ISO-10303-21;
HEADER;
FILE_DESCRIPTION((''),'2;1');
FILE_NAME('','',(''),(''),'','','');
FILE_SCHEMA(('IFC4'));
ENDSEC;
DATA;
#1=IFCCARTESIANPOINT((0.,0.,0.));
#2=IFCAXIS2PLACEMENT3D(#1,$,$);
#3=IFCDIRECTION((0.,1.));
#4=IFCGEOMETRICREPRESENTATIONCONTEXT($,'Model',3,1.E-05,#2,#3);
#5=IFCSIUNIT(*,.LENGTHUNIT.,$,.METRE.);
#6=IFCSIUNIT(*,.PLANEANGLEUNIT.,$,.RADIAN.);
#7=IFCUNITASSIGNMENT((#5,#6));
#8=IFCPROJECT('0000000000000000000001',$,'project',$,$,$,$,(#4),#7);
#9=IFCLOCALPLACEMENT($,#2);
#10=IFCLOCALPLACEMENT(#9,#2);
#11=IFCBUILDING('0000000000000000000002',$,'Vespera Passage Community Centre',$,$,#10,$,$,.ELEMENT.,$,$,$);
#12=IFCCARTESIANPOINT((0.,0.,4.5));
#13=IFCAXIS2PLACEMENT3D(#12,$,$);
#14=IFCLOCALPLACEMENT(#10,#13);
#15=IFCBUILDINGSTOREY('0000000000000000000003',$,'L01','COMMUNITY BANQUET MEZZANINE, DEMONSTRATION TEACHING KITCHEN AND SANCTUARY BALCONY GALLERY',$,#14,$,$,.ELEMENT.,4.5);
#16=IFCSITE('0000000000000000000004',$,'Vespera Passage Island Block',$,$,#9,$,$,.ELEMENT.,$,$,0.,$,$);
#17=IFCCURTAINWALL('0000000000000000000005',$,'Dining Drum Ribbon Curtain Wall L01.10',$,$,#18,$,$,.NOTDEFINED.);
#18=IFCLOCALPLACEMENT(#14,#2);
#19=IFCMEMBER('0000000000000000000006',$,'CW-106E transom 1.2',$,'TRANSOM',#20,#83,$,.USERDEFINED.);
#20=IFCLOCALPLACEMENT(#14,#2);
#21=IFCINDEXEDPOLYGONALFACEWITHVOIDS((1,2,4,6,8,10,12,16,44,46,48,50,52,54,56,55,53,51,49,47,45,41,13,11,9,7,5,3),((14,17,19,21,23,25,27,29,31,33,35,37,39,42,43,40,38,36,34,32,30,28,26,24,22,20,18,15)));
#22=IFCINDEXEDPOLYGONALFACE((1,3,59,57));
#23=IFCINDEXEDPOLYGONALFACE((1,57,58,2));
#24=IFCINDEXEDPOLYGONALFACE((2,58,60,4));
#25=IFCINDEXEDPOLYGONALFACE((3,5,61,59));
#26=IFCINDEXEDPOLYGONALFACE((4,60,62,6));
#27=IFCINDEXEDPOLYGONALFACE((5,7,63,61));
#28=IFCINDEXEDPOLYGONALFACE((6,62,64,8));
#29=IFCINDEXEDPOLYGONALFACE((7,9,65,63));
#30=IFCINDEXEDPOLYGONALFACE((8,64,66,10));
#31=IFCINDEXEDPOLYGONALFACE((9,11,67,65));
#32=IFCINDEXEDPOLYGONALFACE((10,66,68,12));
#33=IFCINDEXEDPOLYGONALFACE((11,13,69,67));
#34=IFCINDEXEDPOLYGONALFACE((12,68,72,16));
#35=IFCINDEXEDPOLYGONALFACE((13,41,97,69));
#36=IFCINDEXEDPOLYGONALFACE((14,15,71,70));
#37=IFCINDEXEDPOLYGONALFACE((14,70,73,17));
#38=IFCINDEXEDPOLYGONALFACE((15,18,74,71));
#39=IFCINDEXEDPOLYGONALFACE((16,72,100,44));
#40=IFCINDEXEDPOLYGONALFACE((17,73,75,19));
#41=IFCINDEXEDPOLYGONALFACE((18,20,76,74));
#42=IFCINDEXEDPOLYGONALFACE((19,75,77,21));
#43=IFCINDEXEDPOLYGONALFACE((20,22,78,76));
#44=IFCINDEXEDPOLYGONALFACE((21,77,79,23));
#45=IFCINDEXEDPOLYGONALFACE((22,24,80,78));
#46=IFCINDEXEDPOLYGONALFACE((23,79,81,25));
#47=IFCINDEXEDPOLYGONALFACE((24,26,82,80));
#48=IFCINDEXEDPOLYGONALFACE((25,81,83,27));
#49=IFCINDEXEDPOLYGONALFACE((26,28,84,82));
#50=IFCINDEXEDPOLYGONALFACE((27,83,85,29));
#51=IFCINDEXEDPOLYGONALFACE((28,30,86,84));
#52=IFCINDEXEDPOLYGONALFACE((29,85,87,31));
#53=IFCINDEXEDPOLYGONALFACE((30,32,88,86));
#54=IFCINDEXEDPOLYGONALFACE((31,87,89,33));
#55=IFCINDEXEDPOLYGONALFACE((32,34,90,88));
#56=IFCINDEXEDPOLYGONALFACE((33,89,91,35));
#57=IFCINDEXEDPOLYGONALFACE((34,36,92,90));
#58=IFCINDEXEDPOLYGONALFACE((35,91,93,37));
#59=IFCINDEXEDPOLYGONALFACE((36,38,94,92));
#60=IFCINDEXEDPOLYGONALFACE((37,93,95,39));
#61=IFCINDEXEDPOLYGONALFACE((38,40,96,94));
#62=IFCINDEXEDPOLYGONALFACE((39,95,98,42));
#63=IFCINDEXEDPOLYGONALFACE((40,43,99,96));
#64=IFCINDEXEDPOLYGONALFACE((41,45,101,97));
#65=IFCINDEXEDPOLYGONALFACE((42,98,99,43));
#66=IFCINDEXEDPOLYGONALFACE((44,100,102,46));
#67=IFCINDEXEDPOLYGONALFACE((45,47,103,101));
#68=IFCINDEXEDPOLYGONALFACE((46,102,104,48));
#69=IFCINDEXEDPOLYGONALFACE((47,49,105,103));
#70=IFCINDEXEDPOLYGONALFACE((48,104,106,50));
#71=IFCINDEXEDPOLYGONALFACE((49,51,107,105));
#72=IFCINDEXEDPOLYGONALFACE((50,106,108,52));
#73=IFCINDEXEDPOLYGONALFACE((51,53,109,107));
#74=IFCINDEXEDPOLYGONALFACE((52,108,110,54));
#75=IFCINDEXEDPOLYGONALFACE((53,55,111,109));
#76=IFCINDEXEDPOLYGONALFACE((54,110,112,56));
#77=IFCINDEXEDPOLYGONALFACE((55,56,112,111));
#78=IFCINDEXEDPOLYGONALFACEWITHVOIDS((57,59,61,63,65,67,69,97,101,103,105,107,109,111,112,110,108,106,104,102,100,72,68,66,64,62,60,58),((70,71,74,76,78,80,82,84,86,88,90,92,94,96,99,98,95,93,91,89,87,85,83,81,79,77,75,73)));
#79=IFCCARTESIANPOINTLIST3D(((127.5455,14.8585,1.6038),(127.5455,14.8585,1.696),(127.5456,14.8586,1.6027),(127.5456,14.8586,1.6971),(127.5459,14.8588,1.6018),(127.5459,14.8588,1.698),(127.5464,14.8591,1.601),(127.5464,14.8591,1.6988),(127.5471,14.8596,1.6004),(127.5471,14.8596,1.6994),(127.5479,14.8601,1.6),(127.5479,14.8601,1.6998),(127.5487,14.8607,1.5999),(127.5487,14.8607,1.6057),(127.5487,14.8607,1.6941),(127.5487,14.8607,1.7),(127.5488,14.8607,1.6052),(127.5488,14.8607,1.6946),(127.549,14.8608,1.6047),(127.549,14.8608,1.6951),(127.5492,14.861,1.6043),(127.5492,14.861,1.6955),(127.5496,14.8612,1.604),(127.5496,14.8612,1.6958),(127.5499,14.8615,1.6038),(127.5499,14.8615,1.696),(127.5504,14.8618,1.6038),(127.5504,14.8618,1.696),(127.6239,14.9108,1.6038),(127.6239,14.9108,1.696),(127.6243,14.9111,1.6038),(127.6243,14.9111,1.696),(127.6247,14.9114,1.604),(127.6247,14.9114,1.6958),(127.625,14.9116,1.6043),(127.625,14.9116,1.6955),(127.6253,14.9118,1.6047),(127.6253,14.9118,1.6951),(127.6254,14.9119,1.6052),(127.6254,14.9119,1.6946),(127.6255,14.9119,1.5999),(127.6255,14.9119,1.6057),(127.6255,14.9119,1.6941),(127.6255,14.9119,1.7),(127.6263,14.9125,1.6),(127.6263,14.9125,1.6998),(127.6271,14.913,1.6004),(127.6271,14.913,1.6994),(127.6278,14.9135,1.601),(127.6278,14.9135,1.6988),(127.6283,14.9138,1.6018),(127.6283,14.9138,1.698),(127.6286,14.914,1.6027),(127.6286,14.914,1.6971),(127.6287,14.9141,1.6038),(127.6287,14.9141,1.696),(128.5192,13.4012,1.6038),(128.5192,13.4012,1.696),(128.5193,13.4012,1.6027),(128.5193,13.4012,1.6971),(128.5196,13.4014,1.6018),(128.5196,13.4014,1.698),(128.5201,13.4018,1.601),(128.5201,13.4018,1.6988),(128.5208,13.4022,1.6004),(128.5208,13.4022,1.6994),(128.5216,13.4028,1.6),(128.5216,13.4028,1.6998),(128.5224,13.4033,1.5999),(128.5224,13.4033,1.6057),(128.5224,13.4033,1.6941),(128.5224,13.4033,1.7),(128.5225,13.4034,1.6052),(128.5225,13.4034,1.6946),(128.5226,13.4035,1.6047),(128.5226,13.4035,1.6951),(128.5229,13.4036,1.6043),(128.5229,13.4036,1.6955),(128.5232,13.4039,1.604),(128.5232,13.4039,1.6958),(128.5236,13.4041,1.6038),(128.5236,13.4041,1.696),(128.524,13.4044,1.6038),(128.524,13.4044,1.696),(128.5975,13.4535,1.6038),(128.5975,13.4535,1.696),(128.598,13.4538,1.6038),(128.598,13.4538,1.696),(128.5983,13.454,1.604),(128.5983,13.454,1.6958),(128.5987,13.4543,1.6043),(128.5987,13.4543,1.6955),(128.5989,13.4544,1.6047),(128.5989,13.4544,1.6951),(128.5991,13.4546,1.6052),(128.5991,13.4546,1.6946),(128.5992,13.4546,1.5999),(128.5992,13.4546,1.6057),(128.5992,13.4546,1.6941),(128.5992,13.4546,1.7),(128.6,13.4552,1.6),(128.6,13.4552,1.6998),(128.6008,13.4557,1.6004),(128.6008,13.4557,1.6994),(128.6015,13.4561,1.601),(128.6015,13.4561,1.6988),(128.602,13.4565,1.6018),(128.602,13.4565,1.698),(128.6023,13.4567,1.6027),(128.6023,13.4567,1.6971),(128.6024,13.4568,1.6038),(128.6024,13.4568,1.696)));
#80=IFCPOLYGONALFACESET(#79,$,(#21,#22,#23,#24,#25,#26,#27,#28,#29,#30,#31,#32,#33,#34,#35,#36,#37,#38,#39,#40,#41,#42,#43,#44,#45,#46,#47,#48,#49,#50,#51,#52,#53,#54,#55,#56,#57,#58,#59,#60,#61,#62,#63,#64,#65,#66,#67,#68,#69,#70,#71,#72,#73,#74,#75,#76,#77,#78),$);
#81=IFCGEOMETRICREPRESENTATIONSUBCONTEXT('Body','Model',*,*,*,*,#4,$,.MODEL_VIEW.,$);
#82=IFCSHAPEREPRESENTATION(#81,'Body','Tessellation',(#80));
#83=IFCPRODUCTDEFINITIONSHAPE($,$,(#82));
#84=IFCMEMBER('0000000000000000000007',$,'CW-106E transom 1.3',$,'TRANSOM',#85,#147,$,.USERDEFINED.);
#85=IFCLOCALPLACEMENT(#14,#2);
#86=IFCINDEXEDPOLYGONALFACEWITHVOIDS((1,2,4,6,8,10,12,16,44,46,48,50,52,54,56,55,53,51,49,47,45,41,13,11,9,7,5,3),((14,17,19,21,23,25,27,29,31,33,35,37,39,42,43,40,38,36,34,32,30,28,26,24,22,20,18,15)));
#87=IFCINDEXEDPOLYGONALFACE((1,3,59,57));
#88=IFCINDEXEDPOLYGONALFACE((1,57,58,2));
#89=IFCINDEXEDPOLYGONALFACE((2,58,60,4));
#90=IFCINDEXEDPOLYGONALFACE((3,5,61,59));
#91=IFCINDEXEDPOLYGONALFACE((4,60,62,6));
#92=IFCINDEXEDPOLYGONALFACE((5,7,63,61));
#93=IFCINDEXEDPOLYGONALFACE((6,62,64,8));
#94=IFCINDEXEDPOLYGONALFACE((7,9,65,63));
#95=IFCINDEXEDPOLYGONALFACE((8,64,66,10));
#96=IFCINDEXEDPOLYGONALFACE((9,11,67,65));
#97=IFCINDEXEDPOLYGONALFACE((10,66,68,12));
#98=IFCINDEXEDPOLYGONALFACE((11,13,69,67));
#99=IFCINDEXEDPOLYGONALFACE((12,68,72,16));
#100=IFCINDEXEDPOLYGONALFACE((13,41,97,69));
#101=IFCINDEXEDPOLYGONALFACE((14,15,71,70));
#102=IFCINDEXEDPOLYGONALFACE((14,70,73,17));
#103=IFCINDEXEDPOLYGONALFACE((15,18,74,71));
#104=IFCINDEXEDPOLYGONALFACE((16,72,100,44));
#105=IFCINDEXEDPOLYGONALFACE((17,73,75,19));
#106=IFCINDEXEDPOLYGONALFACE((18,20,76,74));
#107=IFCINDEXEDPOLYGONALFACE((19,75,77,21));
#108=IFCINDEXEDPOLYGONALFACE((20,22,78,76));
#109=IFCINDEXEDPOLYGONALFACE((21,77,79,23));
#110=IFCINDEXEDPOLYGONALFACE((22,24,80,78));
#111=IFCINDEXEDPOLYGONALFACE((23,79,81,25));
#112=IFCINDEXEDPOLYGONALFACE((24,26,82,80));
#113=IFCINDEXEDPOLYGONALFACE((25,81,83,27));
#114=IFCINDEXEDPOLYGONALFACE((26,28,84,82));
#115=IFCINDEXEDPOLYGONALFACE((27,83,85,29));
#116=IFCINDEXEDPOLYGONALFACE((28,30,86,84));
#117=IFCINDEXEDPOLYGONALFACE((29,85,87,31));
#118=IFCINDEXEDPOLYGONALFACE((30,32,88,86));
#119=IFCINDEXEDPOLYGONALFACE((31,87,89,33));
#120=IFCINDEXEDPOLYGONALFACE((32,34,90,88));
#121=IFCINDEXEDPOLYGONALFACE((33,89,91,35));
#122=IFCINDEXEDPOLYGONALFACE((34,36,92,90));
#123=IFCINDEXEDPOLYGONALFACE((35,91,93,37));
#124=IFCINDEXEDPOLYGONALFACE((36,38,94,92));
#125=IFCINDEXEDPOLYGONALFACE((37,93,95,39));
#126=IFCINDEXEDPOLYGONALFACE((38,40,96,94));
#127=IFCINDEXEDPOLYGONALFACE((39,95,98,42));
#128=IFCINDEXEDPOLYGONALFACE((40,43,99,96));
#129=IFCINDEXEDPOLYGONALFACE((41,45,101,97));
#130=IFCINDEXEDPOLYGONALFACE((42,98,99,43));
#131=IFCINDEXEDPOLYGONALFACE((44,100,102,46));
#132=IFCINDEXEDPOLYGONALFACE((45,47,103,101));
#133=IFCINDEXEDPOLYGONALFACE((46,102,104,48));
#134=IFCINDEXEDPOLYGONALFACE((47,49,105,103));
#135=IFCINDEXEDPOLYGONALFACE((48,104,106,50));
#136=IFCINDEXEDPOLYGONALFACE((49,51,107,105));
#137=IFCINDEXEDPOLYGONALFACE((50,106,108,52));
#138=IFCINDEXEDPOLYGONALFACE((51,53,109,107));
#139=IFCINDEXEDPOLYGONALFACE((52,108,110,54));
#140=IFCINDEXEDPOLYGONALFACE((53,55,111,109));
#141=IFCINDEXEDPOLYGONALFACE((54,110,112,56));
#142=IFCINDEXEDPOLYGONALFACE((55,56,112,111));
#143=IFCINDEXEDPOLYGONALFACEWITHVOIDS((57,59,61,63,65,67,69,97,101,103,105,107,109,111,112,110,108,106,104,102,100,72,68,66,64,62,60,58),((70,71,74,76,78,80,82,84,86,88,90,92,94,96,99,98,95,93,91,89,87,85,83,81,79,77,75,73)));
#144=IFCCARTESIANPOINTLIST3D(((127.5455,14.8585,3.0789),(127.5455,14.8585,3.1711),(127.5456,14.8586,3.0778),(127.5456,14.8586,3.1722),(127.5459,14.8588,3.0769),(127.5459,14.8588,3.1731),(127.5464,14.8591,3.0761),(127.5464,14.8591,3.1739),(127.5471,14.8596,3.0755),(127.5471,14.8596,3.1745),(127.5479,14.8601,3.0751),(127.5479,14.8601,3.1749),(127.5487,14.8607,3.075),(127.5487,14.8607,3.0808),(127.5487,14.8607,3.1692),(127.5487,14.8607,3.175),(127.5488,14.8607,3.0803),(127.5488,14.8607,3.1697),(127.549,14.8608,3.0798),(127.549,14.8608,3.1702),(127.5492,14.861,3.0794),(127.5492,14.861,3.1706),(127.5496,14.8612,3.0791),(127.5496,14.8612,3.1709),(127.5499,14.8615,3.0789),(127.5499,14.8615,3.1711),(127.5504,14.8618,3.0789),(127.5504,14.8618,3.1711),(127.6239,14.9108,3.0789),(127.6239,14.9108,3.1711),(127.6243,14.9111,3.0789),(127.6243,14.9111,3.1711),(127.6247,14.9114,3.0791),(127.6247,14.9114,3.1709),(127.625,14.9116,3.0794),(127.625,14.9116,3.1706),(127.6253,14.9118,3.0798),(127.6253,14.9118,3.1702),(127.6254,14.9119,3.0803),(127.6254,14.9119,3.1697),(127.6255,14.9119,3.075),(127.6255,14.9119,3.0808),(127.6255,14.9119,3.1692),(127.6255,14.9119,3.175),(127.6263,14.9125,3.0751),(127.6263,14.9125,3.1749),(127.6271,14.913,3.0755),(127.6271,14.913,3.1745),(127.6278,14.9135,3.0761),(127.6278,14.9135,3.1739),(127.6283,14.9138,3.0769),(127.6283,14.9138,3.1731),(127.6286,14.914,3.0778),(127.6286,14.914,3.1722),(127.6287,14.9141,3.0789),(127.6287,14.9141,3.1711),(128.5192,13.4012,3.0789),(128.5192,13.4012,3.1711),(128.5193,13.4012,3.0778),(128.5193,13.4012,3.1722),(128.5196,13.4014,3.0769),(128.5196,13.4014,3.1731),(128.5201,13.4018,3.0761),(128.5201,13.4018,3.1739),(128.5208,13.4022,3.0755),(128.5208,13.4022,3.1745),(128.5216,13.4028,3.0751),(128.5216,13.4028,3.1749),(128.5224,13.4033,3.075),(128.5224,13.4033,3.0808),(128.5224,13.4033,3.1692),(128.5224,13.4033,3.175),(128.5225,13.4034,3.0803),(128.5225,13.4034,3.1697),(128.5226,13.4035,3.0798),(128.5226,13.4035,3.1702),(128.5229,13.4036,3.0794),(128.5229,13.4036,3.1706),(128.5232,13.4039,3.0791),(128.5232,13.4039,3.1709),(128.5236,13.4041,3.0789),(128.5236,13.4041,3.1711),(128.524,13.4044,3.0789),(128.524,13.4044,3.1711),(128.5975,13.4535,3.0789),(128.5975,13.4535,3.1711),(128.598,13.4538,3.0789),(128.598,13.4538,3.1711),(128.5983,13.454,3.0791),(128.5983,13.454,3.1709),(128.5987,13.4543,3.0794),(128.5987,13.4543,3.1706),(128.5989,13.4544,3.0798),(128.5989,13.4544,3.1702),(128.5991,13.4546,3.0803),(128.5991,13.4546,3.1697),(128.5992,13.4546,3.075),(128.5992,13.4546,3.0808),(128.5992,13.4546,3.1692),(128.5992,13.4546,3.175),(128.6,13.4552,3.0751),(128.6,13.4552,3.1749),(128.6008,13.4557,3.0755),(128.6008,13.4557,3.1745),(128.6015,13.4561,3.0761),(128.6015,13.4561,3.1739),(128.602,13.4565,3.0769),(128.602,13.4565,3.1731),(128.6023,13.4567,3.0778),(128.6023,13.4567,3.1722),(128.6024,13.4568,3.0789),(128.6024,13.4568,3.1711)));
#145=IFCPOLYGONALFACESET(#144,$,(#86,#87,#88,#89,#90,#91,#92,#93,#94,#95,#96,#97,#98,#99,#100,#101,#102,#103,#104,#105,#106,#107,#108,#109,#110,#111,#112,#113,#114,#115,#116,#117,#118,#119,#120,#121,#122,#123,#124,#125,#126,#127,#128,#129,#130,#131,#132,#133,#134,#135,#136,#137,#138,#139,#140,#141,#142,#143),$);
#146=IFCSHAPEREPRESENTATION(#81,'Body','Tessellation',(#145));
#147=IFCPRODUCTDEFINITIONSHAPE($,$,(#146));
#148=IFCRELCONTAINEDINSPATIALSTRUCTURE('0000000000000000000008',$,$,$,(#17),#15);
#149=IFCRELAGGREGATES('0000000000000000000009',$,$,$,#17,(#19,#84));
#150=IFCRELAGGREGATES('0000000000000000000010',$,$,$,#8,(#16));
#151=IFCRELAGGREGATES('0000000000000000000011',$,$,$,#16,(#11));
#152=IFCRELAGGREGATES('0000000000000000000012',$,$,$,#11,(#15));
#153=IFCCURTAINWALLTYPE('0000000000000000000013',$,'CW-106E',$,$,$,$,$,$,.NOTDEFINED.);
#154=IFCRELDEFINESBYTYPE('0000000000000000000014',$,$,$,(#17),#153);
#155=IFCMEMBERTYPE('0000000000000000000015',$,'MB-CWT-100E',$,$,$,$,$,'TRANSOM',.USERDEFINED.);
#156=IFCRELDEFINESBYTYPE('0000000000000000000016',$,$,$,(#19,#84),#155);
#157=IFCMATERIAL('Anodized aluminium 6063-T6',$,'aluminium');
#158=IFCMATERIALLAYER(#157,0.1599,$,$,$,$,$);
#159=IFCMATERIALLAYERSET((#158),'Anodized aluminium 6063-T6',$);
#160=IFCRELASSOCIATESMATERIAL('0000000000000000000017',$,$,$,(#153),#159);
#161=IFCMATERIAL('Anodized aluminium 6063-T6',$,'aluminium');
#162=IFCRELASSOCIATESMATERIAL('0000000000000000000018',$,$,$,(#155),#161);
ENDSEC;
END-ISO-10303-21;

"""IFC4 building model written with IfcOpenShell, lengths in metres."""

from ifc_helpers import new_model, si_unit, direction, frame, origin, origin_2d, place, context, subcontext, project, spatial, hollow_rectangle, extrude, material, layer, layer_set, material_profile, profile_set, type_object, element, aggregate, save


model = new_model("IFC4")

# Units and contexts
model_context = context("Model", 3, precision=1e-05, world=origin(), true_north=direction((0.0, 1.0)))
body_context = subcontext(model_context, "Body", "Model", "MODEL_VIEW")
ifc_project = project(units=[si_unit("LENGTHUNIT", "METRE"), si_unit("PLANEANGLEUNIT", "RADIAN")], contexts=[model_context])

# Site, building, storey
site_placement = place(None, origin())
site = spatial("IfcSite", under=ifc_project, at=site_placement, Name="Vespera Passage Island Block", CompositionType="ELEMENT", RefElevation=0.0)
building_placement = place(site_placement, origin())
building = spatial("IfcBuilding", under=site, at=building_placement, Name="Vespera Passage Community Centre", CompositionType="ELEMENT")
storey_placement = place(building_placement, frame((0.0, 0.0, 4.5)))
storey = spatial("IfcBuildingStorey", under=building, at=storey_placement, Name="L01", Description="COMMUNITY BANQUET MEZZANINE, DEMONSTRATION TEACHING KITCHEN AND SANCTUARY BALCONY GALLERY", CompositionType="ELEMENT", Elevation=4.5)

# Curtain wall
ifc_material_1 = material(Name="Anodized aluminium 6063-T6", Category="aluminium")
ifc_layer_1 = layer(ifc_material_1, 0.1599)
ifc_layer_set_1 = layer_set([ifc_layer_1], Name="Anodized aluminium 6063-T6")
curtain_wall_type_1 = type_object("IfcCurtainWallType", Name="CW-106E", PredefinedType="NOTDEFINED", material=ifc_layer_set_1)
curtain_wall_1_placement = place(storey_placement, origin())
curtain_wall_1 = element("IfcCurtainWall", 1, at=curtain_wall_1_placement, inside=storey, type_object=curtain_wall_type_1, Name="Dining Drum Ribbon Curtain Wall L01.10", PredefinedType="NOTDEFINED")

# Members
ifc_material_2 = material(Name="Anodized aluminium 6063-T6", Category="aluminium")
ifc_material_profile_1 = material_profile(ifc_material_2, hollow_rectangle(XDim=0.1001, YDim=0.1001, WallThickness=0.0039, InnerFilletRadius=0.002, OuterFilletRadius=0.0039, at=origin_2d()), Name="ALU100X100X4")
ifc_profile_set_1 = profile_set([ifc_material_profile_1], Name="Anodized aluminium 6063-T6")
member_type_1 = type_object("IfcMemberType", Name="MB-CWT-100E", ElementType="TRANSOM", PredefinedType="USERDEFINED", material=ifc_profile_set_1)
member_1_placement = place(storey_placement, frame((128.5608, 13.429, 1.6499), z_axis=(-0.555536, 0.831493, 0.0), x_axis=(-0.831493, -0.555536, 0.0)))
member_1 = element("IfcMember", 2, at=member_1_placement, type_object=member_type_1, Name="CW-106E transom 1.2", ObjectType="TRANSOM", PredefinedType="USERDEFINED", context=body_context, shape_type="SweptSolid", body=[
    extrude(hollow_rectangle(XDim=0.1001, YDim=0.1001, WallThickness=0.0039, InnerFilletRadius=0.002, OuterFilletRadius=0.0039, at=origin_2d()), origin(), (0.0, 0.0, 1.0), 1.7527),
])
member_2_placement = place(storey_placement, frame((128.5608, 13.429, 3.125), z_axis=(-0.555536, 0.831493, 0.0), x_axis=(-0.831493, -0.555536, 0.0)))
member_2 = element("IfcMember", 3, at=member_2_placement, type_object=member_type_1, Name="CW-106E transom 1.3", ObjectType="TRANSOM", PredefinedType="USERDEFINED", context=body_context, shape_type="SweptSolid", body=[
    extrude(hollow_rectangle(XDim=0.1001, YDim=0.1001, WallThickness=0.0039, InnerFilletRadius=0.002, OuterFilletRadius=0.0039, at=origin_2d()), origin(), (0.0, 0.0, 1.0), 1.7527),
])

aggregate(curtain_wall_1, [member_1, member_2])

save(model, "model.ifc")
